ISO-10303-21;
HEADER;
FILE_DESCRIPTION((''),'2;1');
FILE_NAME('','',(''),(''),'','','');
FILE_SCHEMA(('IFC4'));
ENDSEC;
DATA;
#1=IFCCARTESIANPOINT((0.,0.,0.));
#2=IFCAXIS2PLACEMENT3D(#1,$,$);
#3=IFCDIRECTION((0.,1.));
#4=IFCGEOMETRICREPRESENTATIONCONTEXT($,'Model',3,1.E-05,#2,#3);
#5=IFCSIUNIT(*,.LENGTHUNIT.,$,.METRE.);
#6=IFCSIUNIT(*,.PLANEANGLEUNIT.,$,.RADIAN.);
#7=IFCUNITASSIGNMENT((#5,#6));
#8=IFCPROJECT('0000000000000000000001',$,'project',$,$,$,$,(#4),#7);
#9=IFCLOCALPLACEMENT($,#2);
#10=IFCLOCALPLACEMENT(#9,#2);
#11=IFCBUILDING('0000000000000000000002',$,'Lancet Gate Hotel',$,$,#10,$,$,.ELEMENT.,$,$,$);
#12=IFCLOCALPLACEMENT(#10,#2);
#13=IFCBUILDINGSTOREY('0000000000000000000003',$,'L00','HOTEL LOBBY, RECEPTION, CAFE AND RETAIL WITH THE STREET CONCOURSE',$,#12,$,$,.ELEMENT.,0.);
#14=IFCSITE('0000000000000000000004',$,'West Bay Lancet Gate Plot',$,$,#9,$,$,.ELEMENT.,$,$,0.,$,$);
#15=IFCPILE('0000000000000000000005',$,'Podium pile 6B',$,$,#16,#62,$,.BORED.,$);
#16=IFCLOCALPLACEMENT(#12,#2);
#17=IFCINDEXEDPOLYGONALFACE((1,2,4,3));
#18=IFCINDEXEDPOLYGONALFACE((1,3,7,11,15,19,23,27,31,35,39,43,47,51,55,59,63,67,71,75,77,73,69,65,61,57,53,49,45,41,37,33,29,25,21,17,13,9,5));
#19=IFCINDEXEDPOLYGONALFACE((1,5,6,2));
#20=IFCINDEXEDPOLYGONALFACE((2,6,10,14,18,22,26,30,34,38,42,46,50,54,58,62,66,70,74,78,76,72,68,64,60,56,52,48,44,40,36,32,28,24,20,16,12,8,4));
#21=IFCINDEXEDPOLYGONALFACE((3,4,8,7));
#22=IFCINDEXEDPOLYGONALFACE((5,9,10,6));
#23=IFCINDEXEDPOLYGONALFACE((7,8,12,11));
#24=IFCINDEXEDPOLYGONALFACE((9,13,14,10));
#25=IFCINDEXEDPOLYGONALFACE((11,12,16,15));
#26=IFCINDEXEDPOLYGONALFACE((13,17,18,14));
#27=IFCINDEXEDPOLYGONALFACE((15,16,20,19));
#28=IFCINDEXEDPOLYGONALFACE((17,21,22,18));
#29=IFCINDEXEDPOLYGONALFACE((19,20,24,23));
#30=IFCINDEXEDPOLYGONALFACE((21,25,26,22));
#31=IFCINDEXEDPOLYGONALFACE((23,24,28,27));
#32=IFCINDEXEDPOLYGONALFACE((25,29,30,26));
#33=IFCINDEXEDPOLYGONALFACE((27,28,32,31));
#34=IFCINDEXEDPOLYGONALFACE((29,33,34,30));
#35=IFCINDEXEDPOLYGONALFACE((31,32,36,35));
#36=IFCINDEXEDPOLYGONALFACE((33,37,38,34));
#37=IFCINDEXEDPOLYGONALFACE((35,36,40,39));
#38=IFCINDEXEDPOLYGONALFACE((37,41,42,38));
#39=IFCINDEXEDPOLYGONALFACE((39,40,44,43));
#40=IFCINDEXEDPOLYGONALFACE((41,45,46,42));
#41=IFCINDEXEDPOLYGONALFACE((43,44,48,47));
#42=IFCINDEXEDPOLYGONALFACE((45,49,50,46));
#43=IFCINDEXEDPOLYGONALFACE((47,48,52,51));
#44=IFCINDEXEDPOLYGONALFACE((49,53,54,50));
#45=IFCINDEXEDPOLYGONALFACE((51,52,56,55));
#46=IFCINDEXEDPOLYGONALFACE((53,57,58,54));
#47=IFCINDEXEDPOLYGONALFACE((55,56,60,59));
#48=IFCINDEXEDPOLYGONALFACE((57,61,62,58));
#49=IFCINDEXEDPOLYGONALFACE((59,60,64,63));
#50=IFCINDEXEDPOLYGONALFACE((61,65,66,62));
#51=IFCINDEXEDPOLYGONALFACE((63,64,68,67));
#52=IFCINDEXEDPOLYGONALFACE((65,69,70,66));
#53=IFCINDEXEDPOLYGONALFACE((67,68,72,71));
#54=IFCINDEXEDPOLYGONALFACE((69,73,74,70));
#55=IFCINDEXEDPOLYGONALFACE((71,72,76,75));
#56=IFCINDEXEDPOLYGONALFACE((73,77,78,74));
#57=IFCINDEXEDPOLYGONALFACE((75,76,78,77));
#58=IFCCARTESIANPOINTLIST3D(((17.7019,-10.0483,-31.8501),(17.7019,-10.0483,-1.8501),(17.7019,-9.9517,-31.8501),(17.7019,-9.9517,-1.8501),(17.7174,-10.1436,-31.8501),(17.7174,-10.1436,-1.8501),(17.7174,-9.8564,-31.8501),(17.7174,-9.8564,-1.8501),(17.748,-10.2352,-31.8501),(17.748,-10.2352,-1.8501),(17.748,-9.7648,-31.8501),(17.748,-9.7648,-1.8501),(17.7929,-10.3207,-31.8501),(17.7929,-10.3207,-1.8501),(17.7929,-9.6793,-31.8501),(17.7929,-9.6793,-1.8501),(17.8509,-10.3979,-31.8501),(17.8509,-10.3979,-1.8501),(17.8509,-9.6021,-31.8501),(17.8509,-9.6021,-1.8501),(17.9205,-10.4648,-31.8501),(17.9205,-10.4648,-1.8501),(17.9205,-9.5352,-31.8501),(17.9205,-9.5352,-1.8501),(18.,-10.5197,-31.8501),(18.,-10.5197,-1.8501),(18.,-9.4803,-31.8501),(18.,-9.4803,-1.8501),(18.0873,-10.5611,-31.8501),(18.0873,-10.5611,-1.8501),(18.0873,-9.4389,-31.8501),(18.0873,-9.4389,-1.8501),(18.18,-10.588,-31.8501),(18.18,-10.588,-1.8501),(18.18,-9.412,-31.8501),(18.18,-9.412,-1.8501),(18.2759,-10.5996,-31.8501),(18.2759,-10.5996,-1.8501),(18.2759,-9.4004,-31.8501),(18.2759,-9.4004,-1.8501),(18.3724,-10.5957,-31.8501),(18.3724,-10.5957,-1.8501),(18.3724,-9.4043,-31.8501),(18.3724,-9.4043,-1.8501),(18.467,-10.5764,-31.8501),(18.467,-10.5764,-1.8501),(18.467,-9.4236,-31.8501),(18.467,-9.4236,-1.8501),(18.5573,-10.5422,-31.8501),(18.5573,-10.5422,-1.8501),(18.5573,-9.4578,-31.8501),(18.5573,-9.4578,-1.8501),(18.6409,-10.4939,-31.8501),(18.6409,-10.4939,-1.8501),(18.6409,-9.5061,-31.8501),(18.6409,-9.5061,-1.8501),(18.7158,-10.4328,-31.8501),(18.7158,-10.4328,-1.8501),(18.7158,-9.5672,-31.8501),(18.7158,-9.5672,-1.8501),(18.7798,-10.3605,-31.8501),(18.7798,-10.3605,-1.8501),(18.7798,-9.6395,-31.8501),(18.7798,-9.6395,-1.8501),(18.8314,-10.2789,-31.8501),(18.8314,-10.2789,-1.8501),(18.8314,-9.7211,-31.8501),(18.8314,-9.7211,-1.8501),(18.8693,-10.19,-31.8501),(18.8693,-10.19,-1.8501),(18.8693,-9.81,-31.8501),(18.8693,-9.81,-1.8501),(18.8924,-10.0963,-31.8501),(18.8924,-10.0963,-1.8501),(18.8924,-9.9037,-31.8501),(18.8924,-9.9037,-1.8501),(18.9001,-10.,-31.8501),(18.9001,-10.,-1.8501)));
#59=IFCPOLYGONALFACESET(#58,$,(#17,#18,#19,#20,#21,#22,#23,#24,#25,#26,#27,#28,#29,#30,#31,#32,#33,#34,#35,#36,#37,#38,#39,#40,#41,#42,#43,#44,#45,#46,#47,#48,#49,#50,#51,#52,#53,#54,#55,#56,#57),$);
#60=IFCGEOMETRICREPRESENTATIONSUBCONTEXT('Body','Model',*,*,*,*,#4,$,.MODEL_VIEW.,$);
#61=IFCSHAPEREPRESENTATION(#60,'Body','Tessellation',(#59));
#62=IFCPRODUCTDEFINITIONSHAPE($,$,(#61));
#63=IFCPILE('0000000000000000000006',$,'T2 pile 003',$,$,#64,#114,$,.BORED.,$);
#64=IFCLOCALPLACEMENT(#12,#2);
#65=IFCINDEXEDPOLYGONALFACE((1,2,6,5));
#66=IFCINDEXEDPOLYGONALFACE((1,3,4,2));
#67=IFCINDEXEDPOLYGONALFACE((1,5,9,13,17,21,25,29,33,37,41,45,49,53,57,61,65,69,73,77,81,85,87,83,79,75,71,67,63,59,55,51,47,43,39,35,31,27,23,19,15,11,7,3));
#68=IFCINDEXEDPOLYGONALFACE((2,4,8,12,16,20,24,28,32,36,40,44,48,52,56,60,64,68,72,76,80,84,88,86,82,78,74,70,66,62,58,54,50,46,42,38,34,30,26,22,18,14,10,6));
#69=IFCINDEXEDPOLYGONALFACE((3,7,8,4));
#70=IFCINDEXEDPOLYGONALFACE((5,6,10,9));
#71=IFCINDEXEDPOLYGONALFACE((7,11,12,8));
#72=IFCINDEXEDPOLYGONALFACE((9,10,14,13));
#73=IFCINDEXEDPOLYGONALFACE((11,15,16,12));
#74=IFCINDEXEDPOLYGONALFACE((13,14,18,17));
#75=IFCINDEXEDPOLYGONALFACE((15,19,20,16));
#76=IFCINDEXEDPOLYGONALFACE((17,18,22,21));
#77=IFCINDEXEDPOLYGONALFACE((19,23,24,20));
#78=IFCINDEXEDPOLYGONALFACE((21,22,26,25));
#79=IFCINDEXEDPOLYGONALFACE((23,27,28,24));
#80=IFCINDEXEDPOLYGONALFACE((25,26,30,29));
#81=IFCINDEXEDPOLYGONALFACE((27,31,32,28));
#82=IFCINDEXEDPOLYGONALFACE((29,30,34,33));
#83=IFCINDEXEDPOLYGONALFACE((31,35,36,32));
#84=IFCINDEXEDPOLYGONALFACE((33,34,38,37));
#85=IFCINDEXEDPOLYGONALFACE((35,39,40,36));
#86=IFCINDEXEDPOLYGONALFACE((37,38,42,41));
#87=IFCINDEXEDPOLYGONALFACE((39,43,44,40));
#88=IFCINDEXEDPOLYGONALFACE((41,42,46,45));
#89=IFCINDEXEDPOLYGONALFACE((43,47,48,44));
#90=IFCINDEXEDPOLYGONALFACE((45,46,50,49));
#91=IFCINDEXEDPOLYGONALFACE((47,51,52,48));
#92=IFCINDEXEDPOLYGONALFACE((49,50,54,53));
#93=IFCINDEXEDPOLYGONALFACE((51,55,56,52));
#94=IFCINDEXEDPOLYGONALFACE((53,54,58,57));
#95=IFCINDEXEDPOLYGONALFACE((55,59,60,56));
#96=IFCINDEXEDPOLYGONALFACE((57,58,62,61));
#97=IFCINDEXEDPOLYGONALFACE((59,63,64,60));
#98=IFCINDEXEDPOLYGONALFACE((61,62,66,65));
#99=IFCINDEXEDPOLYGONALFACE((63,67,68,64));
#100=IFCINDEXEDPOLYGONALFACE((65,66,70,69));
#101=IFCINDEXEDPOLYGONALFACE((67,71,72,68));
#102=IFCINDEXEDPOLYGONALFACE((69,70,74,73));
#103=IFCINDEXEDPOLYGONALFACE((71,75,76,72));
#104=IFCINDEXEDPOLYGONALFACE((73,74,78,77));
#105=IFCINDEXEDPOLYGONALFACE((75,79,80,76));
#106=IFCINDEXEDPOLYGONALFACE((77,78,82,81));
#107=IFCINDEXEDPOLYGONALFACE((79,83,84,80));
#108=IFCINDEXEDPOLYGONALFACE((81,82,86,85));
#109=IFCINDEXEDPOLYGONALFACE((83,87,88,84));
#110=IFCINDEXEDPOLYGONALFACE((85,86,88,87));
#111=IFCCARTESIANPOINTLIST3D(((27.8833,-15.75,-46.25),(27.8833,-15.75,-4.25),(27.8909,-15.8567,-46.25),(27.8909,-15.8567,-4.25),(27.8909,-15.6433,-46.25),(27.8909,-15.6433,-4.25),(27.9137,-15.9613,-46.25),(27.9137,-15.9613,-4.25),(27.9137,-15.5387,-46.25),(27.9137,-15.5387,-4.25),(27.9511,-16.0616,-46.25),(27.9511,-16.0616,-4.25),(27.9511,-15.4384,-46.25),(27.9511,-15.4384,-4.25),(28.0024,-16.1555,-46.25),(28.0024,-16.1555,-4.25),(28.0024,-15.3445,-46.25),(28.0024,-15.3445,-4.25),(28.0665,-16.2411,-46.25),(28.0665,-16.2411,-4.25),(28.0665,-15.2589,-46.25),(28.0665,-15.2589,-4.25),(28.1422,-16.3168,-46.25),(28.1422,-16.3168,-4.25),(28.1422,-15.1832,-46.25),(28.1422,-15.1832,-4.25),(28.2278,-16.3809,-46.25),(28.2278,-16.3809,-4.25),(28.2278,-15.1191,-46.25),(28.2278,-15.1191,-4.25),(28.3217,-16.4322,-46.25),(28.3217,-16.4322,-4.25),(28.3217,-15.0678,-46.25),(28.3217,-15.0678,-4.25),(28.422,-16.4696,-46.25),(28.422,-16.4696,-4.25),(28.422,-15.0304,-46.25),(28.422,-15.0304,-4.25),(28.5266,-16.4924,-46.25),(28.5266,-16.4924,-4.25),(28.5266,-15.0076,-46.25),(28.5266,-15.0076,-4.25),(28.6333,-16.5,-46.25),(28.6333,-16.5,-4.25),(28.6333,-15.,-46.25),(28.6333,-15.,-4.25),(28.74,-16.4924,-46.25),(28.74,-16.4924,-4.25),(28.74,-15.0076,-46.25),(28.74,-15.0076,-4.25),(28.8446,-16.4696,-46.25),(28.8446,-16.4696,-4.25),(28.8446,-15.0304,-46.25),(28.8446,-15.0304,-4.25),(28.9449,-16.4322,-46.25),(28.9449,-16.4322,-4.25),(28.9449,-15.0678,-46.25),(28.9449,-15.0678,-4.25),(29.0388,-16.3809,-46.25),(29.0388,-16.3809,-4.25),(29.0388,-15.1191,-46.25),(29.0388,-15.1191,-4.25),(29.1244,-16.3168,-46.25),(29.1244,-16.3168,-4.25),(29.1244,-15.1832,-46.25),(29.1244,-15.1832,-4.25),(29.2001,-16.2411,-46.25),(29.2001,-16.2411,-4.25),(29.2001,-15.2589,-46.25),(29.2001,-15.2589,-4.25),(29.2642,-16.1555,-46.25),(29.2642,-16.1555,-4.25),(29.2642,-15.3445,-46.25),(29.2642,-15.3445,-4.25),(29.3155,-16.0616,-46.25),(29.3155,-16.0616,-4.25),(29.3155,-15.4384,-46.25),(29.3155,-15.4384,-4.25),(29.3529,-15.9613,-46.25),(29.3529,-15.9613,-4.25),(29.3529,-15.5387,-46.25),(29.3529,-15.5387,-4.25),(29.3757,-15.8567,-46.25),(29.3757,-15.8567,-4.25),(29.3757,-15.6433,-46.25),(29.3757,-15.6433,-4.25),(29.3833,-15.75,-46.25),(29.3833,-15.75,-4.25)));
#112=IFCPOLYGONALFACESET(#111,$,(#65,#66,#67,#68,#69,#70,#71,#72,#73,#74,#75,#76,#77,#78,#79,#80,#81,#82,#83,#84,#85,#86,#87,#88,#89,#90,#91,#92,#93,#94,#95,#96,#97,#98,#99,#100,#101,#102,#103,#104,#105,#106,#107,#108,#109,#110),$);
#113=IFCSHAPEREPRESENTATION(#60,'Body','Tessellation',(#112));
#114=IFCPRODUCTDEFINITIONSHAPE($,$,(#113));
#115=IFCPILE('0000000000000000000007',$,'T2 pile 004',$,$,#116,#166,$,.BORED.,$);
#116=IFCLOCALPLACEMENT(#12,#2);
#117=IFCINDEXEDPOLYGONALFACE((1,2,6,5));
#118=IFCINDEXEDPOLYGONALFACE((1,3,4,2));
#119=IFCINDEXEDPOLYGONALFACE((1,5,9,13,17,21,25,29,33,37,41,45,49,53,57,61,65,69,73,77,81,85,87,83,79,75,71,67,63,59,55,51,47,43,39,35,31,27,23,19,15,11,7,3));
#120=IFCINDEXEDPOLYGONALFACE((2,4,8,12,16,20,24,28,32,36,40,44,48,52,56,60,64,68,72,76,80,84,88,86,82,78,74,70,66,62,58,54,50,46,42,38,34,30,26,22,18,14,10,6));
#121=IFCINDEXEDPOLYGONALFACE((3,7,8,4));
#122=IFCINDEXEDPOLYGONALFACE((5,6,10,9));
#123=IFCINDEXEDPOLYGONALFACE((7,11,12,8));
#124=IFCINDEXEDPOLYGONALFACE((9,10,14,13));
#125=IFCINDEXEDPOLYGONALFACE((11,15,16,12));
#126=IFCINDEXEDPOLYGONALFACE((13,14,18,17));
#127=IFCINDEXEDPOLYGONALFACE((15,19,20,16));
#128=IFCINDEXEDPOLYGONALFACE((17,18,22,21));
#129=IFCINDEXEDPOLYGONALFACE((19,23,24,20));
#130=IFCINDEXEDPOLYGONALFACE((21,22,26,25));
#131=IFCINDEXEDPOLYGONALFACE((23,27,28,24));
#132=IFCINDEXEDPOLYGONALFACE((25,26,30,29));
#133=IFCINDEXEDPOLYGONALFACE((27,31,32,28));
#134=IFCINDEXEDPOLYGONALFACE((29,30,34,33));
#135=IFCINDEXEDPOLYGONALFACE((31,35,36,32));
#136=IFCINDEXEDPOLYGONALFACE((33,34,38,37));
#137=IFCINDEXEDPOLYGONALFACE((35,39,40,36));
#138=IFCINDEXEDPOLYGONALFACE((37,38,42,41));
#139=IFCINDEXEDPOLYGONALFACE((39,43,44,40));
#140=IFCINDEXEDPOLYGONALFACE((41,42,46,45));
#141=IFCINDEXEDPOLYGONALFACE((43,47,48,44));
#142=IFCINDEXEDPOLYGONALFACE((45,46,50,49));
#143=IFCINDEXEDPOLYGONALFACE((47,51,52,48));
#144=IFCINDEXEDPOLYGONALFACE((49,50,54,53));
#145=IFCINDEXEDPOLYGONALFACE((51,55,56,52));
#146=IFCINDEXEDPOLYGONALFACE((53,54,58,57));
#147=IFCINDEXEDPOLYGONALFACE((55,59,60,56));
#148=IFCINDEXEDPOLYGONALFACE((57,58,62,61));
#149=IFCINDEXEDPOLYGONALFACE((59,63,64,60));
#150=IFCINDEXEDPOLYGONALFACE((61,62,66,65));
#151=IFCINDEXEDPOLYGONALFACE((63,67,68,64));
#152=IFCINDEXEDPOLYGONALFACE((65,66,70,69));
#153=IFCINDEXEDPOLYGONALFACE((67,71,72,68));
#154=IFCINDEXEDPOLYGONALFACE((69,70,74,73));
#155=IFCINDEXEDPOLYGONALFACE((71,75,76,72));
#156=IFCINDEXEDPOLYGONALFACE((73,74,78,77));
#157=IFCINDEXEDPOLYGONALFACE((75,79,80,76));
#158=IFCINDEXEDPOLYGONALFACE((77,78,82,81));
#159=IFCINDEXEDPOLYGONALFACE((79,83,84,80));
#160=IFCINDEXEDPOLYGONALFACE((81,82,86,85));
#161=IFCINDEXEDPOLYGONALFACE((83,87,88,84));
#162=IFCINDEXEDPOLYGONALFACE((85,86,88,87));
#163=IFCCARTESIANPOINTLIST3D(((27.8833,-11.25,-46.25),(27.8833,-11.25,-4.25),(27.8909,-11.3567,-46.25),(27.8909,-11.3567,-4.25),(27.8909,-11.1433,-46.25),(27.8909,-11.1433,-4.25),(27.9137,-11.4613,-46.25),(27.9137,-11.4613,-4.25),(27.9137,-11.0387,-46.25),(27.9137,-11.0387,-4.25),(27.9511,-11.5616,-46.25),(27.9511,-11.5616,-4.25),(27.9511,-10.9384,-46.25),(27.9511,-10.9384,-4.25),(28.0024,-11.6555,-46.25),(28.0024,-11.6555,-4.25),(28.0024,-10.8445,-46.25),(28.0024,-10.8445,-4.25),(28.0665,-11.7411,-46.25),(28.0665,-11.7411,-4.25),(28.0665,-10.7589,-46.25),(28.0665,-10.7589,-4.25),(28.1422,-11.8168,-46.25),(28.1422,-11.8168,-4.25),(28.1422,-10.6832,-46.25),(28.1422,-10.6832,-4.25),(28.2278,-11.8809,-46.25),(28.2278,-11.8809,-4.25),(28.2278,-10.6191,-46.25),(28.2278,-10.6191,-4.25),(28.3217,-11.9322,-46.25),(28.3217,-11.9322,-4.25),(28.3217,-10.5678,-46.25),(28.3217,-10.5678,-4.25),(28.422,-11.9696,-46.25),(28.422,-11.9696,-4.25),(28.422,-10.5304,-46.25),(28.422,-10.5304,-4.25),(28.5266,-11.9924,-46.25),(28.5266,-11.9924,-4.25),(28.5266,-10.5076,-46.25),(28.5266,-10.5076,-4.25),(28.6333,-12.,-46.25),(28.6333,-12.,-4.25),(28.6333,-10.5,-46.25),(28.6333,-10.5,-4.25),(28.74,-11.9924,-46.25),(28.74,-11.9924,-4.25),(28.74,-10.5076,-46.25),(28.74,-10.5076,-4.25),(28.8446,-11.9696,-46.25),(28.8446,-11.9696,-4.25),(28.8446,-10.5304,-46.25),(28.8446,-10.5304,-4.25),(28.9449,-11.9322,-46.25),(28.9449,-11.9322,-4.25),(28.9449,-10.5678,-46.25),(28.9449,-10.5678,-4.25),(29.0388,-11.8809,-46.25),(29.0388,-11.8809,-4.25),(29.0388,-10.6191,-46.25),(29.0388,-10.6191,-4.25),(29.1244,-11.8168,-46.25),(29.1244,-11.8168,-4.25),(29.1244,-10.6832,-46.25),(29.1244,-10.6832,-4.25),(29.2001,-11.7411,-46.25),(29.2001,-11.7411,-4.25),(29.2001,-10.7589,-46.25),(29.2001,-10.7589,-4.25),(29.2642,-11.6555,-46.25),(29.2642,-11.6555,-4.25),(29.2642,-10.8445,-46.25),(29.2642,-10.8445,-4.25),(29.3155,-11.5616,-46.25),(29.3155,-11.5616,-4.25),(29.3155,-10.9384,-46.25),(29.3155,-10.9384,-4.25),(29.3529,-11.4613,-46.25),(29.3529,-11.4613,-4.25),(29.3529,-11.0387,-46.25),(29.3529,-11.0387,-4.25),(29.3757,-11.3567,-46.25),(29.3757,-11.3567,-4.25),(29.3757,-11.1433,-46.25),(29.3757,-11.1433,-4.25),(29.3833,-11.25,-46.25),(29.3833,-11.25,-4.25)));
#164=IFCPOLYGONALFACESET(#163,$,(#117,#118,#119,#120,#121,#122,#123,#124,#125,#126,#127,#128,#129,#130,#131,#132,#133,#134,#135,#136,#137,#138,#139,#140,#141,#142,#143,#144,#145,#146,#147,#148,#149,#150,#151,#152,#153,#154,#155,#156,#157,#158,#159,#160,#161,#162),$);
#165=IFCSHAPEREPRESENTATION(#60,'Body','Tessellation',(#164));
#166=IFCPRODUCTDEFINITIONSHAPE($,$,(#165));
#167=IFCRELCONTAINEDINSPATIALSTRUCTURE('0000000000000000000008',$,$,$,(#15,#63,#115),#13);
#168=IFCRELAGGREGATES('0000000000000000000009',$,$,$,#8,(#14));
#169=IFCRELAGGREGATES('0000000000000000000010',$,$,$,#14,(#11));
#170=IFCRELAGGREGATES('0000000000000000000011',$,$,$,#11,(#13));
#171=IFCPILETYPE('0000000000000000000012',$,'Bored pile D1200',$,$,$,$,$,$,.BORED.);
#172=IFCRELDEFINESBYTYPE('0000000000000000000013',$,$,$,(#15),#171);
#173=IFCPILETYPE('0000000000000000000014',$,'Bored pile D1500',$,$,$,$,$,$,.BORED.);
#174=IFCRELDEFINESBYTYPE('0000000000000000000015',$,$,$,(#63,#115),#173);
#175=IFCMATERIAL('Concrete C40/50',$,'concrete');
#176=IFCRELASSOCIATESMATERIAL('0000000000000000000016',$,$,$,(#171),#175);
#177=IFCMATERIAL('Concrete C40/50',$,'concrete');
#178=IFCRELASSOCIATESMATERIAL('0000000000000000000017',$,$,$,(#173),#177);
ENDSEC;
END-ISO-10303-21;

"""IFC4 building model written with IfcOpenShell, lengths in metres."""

from ifc_helpers import new_model, si_unit, direction, frame, origin, origin_2d, place, context, subcontext, project, spatial, circle, extrude, material, material_profile, profile_set, type_object, element, save


model = new_model("IFC4")

# Units and contexts
model_context = context("Model", 3, precision=1e-05, world=origin(), true_north=direction((0.0, 1.0)))
body_context = subcontext(model_context, "Body", "Model", "MODEL_VIEW")
ifc_project = project(units=[si_unit("LENGTHUNIT", "METRE"), si_unit("PLANEANGLEUNIT", "RADIAN")], contexts=[model_context])

# Site, building, storey
site_placement = place(None, origin())
site = spatial("IfcSite", under=ifc_project, at=site_placement, Name="West Bay Lancet Gate Plot", CompositionType="ELEMENT", RefElevation=0.0)
building_placement = place(site_placement, origin())
building = spatial("IfcBuilding", under=site, at=building_placement, Name="Lancet Gate Hotel", CompositionType="ELEMENT")
storey_placement = place(building_placement, origin())
storey = spatial("IfcBuildingStorey", under=building, at=storey_placement, Name="L00", Description="HOTEL LOBBY, RECEPTION, CAFE AND RETAIL WITH THE STREET CONCOURSE", CompositionType="ELEMENT", Elevation=0.0)

# Piles
ifc_material_1 = material(Name="Concrete C40/50", Category="concrete")
ifc_material_profile_1 = material_profile(ifc_material_1, circle(Radius=0.6001, at=origin_2d()), Name="PILE D1200")
ifc_profile_set_1 = profile_set([ifc_material_profile_1], Name="Concrete C40/50")
pile_type_1 = type_object("IfcPileType", Name="Bored pile D1200", PredefinedType="BORED", material=ifc_profile_set_1)
pile_placement = place(storey_placement, frame((18.3, -10.0, -1.8501), z_axis=(0.0, 0.0, -1.0), x_axis=(1.0, 0.0, 0.0)))
element("IfcPile", 1, at=pile_placement, inside=storey, type_object=pile_type_1, Name="Podium pile 6B", PredefinedType="BORED", context=body_context, shape_type="SweptSolid", body=[
    extrude(circle(Radius=0.6001, at=origin_2d()), origin(), (0.0, 0.0, 1.0), 30.0),
])
ifc_material_2 = material(Name="Concrete C40/50", Category="concrete")
ifc_material_profile_2 = material_profile(ifc_material_2, circle(Radius=0.75, at=origin_2d()), Name="PILE D1500")
ifc_profile_set_2 = profile_set([ifc_material_profile_2], Name="Concrete C40/50")
pile_type_2 = type_object("IfcPileType", Name="Bored pile D1500", PredefinedType="BORED", material=ifc_profile_set_2)
for number, where, z_axis, x_axis, name in (
    (2, (28.6333, -15.75, -4.25), (0.0, 0.0, -1.0), (1.0, 0.0, 0.0), "T2 pile 003"),
    (3, (28.6333, -11.25, -4.25), (0.0, 0.0, -1.0), (1.0, 0.0, 0.0), "T2 pile 004"),
):
    element("IfcPile", number, at=place(storey_placement, frame(where, z_axis=z_axis, x_axis=x_axis)), inside=storey, type_object=pile_type_2, Name=name, PredefinedType="BORED", context=body_context, shape_type="SweptSolid", body=[
        extrude(circle(Radius=0.75, at=origin_2d()), origin(), (0.0, 0.0, 1.0), 42.0),
    ])

save(model, "model.ifc")
